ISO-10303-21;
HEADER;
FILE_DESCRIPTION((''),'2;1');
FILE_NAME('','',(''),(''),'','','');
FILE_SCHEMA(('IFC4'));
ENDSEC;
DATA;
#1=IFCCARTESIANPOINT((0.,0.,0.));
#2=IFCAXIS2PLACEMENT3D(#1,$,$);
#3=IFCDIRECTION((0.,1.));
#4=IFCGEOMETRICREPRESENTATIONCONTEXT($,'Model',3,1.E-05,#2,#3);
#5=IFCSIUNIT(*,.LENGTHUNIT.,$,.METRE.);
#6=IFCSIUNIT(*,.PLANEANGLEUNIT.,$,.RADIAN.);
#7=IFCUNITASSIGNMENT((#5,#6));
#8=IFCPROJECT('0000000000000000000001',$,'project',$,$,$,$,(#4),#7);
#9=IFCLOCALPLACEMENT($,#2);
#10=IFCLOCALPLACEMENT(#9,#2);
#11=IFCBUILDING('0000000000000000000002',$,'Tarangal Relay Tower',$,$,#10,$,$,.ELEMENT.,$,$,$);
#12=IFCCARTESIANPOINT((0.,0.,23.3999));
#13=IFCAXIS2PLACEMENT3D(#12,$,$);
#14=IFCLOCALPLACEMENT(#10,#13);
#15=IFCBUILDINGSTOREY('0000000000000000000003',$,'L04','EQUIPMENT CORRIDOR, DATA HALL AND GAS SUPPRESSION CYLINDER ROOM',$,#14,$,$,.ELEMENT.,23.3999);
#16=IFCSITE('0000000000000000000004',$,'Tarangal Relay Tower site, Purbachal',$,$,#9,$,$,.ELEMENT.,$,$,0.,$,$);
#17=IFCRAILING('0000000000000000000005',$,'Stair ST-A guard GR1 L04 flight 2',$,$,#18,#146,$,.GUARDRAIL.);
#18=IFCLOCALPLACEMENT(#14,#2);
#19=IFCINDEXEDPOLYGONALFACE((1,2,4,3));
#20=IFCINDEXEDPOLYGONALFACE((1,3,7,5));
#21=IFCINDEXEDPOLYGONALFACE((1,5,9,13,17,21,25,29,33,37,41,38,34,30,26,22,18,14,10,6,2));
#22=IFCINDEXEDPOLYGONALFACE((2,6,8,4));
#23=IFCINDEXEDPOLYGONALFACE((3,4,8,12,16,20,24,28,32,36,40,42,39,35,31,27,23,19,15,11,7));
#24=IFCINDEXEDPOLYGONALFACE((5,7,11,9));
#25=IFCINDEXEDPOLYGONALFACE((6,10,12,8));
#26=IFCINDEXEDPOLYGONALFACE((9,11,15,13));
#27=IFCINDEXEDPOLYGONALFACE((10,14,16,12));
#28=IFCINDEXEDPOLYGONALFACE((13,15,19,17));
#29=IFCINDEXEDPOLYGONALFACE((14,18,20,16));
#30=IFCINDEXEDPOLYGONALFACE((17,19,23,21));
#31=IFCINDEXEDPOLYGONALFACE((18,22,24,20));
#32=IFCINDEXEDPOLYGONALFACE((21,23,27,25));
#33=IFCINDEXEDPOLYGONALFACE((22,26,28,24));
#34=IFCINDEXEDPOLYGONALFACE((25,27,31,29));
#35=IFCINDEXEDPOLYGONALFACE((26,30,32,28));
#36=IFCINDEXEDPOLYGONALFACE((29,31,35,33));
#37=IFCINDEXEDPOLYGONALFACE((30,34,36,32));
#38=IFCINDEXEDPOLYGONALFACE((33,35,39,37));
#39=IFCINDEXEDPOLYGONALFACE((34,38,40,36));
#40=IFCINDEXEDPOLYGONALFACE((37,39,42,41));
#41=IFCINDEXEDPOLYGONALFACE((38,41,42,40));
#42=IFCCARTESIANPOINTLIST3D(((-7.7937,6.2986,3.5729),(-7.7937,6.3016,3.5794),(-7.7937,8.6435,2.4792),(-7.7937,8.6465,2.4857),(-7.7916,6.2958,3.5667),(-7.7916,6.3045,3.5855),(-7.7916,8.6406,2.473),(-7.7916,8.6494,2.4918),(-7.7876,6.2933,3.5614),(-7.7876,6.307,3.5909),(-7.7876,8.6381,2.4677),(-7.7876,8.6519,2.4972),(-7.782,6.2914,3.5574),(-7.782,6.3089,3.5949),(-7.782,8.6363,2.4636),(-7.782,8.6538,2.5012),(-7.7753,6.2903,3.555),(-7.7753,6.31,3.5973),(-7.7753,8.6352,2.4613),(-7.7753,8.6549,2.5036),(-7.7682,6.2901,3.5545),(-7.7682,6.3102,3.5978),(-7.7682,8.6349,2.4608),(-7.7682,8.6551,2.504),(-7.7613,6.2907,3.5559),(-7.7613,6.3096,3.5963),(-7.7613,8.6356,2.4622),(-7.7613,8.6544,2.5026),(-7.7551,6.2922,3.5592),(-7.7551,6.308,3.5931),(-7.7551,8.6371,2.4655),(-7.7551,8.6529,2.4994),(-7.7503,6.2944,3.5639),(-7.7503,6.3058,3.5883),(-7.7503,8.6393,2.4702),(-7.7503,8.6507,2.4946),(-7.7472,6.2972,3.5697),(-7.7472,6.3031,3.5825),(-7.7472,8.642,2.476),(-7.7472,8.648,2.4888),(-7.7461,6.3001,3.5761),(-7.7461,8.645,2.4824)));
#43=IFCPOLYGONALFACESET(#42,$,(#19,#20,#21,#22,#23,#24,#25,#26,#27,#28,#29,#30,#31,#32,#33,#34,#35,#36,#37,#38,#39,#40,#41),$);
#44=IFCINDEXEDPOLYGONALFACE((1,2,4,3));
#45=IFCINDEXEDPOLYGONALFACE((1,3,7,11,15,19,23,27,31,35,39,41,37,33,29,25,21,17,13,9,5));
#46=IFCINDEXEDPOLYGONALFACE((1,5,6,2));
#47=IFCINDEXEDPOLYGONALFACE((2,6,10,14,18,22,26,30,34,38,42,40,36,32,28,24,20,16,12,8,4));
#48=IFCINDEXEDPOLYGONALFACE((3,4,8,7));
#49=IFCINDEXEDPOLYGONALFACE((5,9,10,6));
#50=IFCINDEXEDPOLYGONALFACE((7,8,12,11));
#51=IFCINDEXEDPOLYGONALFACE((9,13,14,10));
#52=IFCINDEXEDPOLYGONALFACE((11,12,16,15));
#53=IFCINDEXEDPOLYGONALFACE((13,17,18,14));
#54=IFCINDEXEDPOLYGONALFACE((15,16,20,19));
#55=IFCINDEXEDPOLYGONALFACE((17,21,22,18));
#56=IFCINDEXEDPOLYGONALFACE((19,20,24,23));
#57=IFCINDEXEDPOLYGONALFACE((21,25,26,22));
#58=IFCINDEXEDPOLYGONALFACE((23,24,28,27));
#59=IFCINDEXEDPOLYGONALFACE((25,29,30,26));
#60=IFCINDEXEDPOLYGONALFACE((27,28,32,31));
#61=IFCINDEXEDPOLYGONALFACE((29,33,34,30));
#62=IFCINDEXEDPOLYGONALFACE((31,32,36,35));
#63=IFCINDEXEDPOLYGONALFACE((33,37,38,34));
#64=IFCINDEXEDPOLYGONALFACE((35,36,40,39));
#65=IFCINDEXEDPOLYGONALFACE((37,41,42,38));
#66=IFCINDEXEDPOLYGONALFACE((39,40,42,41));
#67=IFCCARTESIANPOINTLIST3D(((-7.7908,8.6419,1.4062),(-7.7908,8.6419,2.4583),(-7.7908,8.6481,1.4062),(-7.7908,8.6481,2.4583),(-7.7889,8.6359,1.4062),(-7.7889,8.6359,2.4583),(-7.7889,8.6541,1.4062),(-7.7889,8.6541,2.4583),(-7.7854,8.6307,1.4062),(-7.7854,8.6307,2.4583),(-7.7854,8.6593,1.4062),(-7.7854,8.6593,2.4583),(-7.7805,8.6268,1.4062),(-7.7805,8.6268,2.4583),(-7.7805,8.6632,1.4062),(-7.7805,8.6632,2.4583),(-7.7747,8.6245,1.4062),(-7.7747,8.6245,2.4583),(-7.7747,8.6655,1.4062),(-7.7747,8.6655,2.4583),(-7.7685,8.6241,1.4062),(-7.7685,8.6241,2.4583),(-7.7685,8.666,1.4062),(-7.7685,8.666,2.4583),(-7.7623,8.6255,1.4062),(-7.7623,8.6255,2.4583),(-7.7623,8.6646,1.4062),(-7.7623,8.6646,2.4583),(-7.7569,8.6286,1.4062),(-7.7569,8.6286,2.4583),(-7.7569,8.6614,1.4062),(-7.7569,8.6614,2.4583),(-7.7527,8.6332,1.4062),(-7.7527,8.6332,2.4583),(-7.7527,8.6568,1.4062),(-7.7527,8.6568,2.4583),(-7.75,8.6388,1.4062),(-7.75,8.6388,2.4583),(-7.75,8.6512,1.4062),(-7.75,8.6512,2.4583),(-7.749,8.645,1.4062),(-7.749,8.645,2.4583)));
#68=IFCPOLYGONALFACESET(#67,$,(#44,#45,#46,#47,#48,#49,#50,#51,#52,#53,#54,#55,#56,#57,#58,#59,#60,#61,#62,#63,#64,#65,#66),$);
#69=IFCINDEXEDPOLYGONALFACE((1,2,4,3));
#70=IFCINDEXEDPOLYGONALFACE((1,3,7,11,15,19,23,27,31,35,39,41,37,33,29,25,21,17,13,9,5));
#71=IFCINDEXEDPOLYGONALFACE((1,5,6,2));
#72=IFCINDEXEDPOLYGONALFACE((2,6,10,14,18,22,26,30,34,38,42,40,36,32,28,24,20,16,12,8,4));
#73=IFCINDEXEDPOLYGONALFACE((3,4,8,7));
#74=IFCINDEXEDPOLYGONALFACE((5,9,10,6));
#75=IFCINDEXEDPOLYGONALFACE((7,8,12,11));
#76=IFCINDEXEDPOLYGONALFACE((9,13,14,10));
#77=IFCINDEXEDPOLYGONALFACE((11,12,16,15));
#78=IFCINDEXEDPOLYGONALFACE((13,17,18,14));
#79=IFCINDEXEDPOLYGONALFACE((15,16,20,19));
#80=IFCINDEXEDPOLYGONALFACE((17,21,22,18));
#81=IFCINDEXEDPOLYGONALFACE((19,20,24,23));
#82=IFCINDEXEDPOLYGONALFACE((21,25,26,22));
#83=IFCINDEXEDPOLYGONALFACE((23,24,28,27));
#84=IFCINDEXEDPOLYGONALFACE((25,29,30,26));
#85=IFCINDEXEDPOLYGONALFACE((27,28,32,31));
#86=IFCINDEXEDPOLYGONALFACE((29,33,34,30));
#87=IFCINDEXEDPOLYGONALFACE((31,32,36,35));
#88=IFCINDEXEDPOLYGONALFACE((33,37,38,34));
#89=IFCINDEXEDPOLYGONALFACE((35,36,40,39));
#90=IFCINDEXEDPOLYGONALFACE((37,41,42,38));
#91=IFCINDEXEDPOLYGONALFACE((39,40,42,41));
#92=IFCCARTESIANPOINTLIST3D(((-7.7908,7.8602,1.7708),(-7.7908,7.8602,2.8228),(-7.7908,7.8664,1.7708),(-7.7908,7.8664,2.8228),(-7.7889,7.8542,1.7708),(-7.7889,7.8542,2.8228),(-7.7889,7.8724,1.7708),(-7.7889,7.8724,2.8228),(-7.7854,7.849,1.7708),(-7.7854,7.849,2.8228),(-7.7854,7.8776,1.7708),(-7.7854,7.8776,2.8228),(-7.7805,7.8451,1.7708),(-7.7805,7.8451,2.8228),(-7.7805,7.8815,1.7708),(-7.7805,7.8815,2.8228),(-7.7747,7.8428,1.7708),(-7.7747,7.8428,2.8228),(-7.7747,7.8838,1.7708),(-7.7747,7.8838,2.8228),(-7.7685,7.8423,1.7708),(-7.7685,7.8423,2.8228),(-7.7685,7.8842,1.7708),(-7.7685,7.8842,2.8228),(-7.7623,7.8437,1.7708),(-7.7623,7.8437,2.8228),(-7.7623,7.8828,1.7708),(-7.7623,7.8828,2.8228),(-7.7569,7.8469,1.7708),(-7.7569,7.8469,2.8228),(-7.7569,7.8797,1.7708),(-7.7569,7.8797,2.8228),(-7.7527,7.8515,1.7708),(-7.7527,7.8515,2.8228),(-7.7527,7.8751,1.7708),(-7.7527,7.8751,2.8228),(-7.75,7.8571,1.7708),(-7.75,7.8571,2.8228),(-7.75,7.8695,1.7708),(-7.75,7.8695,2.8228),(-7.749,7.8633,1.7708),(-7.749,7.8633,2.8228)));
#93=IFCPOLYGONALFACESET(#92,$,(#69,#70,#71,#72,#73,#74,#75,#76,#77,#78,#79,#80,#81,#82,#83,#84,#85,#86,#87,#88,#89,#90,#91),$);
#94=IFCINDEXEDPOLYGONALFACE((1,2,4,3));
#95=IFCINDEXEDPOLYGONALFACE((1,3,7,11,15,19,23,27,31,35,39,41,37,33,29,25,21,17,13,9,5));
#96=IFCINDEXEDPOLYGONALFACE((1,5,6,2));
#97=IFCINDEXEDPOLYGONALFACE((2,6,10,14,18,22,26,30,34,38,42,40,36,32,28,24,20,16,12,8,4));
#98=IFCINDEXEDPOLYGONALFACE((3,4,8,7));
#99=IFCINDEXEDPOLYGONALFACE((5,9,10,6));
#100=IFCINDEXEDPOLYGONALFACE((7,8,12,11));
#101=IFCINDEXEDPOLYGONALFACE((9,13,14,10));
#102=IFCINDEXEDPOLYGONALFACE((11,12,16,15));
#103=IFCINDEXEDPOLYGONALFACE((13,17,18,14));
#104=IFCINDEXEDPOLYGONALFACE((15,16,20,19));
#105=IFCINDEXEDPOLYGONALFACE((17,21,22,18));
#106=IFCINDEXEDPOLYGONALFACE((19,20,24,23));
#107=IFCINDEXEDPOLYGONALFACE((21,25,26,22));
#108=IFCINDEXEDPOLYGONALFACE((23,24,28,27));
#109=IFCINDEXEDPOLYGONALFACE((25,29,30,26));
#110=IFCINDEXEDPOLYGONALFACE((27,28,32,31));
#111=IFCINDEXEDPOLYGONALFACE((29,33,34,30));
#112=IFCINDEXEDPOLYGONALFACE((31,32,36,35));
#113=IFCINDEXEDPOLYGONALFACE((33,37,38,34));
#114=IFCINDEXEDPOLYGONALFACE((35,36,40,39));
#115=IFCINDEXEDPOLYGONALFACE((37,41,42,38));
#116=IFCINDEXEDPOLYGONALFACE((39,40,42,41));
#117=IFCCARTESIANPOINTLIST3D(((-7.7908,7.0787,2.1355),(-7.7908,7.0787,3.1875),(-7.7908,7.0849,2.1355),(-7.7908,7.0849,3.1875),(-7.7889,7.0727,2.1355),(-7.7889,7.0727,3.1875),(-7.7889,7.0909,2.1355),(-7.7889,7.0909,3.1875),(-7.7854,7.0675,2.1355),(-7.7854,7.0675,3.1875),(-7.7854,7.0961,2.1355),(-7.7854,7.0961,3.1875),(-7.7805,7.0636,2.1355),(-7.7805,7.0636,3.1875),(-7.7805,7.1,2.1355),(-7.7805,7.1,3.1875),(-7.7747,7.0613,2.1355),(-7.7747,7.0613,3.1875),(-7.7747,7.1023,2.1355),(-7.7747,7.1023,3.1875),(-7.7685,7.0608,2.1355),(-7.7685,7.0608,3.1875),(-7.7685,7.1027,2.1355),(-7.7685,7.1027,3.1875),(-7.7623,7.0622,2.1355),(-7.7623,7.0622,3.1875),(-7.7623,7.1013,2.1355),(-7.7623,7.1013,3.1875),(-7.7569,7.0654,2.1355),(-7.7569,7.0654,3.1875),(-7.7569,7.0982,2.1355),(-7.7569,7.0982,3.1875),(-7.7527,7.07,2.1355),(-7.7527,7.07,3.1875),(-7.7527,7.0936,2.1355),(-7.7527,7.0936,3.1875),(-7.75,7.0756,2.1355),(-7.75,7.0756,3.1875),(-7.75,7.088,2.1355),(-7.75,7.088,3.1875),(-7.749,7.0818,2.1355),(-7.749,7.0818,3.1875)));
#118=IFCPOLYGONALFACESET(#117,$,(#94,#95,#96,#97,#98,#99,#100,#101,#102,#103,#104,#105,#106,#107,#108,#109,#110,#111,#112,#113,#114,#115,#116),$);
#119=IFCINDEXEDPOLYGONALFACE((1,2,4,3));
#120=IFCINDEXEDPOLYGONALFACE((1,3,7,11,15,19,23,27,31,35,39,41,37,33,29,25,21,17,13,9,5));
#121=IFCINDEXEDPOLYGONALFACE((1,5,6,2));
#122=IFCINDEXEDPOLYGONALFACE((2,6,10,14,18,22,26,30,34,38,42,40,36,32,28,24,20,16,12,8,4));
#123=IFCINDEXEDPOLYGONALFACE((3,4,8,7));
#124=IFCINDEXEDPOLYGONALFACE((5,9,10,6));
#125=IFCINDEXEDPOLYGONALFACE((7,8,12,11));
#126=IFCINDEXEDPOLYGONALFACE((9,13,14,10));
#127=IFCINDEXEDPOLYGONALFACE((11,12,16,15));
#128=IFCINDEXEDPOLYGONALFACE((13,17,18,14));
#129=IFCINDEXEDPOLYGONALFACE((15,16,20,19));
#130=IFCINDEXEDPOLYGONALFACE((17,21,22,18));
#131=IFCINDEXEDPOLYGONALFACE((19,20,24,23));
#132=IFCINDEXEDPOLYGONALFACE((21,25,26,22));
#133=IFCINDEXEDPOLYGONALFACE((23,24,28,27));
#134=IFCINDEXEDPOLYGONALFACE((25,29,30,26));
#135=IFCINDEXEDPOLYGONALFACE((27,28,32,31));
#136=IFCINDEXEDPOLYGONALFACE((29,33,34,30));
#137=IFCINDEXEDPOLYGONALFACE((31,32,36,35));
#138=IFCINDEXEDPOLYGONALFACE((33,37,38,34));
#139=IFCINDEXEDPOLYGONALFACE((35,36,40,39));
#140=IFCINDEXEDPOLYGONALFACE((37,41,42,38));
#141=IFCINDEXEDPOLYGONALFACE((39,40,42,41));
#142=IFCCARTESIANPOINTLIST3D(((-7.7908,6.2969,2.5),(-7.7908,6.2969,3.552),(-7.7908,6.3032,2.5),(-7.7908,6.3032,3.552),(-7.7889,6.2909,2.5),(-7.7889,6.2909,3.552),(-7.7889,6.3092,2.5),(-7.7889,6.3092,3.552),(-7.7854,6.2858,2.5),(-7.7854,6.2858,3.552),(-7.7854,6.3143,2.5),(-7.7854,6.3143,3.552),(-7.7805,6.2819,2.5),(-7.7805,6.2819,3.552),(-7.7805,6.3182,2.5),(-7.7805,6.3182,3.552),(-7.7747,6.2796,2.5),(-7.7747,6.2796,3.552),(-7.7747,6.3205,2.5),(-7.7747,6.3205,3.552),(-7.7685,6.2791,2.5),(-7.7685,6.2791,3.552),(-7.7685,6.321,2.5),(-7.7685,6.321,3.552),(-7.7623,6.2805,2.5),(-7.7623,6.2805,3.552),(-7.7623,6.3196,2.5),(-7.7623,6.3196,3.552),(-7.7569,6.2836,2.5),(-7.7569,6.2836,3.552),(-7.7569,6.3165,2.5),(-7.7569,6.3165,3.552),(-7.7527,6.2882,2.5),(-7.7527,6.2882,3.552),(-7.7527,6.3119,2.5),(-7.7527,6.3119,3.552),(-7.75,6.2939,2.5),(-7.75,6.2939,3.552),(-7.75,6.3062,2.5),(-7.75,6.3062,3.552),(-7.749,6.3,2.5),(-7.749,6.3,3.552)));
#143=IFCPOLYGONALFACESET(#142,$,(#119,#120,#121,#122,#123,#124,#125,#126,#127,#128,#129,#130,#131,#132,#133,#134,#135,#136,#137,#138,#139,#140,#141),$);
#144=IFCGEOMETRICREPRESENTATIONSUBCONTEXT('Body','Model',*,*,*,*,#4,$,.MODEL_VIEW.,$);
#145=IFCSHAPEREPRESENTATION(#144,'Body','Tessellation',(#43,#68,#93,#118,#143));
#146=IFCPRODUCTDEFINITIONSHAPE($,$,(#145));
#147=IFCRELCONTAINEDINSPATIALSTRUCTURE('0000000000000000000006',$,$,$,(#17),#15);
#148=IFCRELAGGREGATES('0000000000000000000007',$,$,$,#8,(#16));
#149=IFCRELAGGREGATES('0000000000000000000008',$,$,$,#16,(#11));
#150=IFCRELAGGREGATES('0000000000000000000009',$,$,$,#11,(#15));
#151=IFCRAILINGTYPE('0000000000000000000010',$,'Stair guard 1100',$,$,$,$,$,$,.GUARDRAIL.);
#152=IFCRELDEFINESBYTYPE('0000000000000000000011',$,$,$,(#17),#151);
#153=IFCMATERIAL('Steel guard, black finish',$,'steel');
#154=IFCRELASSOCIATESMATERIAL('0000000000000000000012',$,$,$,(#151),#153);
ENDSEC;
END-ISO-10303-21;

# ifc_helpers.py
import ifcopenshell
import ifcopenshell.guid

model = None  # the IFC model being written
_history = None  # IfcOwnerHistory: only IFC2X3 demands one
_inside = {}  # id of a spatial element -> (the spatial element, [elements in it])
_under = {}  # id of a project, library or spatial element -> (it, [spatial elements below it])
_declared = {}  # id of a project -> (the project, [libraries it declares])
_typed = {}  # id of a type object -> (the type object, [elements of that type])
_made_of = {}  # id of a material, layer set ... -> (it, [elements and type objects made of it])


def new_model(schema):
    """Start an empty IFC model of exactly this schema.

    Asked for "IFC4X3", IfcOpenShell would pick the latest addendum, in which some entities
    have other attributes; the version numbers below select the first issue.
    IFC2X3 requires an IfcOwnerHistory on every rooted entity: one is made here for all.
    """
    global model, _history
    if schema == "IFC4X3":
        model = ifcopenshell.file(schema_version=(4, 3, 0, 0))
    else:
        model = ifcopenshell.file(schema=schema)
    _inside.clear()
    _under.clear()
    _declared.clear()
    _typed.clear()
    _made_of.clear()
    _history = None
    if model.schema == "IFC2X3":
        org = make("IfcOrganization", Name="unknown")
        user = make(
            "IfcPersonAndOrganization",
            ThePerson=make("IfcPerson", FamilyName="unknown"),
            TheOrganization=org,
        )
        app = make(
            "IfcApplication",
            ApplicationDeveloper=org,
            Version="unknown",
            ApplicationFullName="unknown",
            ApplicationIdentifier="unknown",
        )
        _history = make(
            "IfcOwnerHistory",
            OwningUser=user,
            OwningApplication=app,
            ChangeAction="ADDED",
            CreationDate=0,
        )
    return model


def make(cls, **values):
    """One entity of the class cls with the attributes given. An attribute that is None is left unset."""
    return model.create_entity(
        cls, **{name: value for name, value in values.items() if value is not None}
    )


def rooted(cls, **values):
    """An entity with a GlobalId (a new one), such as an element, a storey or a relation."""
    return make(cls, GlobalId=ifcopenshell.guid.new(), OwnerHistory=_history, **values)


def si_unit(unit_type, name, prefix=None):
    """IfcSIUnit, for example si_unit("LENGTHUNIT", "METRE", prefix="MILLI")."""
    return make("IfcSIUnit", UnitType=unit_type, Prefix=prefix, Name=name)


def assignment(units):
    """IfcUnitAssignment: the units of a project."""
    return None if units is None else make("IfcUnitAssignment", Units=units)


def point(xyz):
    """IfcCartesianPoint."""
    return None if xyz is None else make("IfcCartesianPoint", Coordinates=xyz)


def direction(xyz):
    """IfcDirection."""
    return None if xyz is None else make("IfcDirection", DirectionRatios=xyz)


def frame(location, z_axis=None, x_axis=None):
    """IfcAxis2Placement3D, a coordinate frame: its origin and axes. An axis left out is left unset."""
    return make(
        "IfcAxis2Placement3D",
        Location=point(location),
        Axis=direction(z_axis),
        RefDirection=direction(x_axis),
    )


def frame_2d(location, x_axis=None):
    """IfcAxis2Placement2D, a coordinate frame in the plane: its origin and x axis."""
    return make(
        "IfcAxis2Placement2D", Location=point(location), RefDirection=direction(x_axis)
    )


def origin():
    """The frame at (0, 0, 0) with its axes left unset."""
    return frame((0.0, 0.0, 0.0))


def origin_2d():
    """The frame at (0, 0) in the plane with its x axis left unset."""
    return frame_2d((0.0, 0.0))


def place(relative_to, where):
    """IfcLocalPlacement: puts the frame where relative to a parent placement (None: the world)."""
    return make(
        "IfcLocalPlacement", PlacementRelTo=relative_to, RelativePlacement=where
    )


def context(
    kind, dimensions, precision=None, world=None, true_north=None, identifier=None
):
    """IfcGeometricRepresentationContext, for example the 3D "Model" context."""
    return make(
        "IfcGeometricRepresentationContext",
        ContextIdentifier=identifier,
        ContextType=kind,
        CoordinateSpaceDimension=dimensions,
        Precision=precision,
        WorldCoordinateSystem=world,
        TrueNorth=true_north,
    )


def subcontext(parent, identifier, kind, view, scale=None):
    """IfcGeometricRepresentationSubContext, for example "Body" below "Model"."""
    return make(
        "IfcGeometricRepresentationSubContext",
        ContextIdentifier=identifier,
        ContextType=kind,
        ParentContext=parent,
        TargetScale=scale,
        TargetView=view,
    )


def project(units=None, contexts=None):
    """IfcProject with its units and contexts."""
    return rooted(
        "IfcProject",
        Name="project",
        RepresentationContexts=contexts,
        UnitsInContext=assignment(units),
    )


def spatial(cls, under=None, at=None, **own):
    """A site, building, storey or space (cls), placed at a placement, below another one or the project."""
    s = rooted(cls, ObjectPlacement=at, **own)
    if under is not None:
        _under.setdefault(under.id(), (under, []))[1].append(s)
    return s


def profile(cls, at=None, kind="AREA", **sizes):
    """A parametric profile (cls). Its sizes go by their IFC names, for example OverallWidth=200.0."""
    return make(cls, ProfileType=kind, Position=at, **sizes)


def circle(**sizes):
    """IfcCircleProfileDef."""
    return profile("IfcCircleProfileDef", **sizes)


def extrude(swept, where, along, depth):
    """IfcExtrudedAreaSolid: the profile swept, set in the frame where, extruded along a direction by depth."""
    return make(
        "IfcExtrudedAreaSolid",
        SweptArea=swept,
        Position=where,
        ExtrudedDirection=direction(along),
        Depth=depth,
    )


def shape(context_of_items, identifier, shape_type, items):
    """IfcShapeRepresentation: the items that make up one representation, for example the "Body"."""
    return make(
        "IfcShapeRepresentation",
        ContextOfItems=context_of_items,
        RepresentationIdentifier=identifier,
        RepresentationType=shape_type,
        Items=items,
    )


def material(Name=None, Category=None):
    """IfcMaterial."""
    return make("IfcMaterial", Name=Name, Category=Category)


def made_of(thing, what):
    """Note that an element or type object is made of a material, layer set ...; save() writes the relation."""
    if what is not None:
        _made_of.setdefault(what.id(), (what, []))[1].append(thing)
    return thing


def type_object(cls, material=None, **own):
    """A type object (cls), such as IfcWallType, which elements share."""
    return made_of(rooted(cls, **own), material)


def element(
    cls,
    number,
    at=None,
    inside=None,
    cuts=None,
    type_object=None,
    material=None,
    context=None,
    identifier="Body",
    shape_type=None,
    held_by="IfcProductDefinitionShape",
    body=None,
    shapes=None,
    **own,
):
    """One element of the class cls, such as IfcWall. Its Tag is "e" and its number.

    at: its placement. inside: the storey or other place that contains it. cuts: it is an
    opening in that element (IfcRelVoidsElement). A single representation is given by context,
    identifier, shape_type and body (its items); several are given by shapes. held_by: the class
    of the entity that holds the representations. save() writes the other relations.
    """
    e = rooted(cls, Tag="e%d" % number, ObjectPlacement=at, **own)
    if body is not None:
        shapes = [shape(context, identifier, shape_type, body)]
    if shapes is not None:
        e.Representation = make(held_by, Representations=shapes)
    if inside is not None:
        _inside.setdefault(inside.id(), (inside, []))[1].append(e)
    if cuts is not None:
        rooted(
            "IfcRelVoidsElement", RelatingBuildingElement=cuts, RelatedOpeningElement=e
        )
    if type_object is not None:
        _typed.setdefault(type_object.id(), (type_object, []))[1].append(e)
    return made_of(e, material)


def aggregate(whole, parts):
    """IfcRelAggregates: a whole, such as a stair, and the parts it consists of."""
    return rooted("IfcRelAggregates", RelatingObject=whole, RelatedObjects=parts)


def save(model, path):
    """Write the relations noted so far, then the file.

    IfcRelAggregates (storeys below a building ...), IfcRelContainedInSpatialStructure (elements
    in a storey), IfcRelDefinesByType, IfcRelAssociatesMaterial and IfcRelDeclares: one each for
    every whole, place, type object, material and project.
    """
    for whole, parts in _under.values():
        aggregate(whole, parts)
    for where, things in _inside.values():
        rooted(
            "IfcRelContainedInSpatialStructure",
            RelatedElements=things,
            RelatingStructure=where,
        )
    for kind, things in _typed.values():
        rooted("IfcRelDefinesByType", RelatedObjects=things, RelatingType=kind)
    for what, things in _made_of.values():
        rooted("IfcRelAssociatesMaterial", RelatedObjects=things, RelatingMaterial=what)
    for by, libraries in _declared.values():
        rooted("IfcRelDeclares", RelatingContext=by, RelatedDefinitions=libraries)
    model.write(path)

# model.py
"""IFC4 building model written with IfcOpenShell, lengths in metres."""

from ifc_helpers import new_model, si_unit, direction, frame, origin, origin_2d, place, context, subcontext, project, spatial, circle, extrude, material, type_object, element, save


model = new_model("IFC4")

# Units and contexts
model_context = context("Model", 3, precision=1e-05, world=origin(), true_north=direction((0.0, 1.0)))
body_context = subcontext(model_context, "Body", "Model", "MODEL_VIEW")
ifc_project = project(units=[si_unit("LENGTHUNIT", "METRE"), si_unit("PLANEANGLEUNIT", "RADIAN")], contexts=[model_context])

# Site, building, storey
site_placement = place(None, origin())
site = spatial("IfcSite", under=ifc_project, at=site_placement, Name="Tarangal Relay Tower site, Purbachal", CompositionType="ELEMENT", RefElevation=0.0)
building_placement = place(site_placement, origin())
building = spatial("IfcBuilding", under=site, at=building_placement, Name="Tarangal Relay Tower", CompositionType="ELEMENT")
storey_placement = place(building_placement, frame((0.0, 0.0, 23.3999)))
storey = spatial("IfcBuildingStorey", under=building, at=storey_placement, Name="L04", Description="EQUIPMENT CORRIDOR, DATA HALL AND GAS SUPPRESSION CYLINDER ROOM", CompositionType="ELEMENT", Elevation=23.3999)

# Railing
ifc_material_1 = material(Name="Steel guard, black finish", Category="steel")
railing_type_1 = type_object("IfcRailingType", Name="Stair guard 1100", PredefinedType="GUARDRAIL", material=ifc_material_1)
for number, where, name in (
    (1, (-7.77, 8.645, 1.4062), "Stair ST-A guard GR1 L04 flight 2"),
):
    element("IfcRailing", number, at=place(storey_placement, frame(where)), inside=storey, type_object=railing_type_1, Name=name, PredefinedType="GUARDRAIL", context=body_context, shape_type="SweptSolid", body=[
        extrude(circle(Radius=0.0239, at=origin_2d()), frame((0.0, 0.0, 1.0762), z_axis=(0.0, -0.906267, 0.422705), x_axis=(1.0, 0.0, 0.0)), (0.0, 0.0, 1.0), 2.5874),
        extrude(circle(Radius=0.021, at=origin_2d()), origin(), (0.0, 0.0, 1.0), 1.052),
        extrude(circle(Radius=0.021, at=origin_2d()), frame((0.0, -0.7817, 0.3645)), (0.0, 0.0, 1.0), 1.052),
        extrude(circle(Radius=0.021, at=origin_2d()), frame((0.0, -1.5632, 0.7292)), (0.0, 0.0, 1.0), 1.052),
        extrude(circle(Radius=0.021, at=origin_2d()), frame((0.0, -2.345, 1.0938)), (0.0, 0.0, 1.0), 1.052),
    ])

save(model, "model.ifc")
